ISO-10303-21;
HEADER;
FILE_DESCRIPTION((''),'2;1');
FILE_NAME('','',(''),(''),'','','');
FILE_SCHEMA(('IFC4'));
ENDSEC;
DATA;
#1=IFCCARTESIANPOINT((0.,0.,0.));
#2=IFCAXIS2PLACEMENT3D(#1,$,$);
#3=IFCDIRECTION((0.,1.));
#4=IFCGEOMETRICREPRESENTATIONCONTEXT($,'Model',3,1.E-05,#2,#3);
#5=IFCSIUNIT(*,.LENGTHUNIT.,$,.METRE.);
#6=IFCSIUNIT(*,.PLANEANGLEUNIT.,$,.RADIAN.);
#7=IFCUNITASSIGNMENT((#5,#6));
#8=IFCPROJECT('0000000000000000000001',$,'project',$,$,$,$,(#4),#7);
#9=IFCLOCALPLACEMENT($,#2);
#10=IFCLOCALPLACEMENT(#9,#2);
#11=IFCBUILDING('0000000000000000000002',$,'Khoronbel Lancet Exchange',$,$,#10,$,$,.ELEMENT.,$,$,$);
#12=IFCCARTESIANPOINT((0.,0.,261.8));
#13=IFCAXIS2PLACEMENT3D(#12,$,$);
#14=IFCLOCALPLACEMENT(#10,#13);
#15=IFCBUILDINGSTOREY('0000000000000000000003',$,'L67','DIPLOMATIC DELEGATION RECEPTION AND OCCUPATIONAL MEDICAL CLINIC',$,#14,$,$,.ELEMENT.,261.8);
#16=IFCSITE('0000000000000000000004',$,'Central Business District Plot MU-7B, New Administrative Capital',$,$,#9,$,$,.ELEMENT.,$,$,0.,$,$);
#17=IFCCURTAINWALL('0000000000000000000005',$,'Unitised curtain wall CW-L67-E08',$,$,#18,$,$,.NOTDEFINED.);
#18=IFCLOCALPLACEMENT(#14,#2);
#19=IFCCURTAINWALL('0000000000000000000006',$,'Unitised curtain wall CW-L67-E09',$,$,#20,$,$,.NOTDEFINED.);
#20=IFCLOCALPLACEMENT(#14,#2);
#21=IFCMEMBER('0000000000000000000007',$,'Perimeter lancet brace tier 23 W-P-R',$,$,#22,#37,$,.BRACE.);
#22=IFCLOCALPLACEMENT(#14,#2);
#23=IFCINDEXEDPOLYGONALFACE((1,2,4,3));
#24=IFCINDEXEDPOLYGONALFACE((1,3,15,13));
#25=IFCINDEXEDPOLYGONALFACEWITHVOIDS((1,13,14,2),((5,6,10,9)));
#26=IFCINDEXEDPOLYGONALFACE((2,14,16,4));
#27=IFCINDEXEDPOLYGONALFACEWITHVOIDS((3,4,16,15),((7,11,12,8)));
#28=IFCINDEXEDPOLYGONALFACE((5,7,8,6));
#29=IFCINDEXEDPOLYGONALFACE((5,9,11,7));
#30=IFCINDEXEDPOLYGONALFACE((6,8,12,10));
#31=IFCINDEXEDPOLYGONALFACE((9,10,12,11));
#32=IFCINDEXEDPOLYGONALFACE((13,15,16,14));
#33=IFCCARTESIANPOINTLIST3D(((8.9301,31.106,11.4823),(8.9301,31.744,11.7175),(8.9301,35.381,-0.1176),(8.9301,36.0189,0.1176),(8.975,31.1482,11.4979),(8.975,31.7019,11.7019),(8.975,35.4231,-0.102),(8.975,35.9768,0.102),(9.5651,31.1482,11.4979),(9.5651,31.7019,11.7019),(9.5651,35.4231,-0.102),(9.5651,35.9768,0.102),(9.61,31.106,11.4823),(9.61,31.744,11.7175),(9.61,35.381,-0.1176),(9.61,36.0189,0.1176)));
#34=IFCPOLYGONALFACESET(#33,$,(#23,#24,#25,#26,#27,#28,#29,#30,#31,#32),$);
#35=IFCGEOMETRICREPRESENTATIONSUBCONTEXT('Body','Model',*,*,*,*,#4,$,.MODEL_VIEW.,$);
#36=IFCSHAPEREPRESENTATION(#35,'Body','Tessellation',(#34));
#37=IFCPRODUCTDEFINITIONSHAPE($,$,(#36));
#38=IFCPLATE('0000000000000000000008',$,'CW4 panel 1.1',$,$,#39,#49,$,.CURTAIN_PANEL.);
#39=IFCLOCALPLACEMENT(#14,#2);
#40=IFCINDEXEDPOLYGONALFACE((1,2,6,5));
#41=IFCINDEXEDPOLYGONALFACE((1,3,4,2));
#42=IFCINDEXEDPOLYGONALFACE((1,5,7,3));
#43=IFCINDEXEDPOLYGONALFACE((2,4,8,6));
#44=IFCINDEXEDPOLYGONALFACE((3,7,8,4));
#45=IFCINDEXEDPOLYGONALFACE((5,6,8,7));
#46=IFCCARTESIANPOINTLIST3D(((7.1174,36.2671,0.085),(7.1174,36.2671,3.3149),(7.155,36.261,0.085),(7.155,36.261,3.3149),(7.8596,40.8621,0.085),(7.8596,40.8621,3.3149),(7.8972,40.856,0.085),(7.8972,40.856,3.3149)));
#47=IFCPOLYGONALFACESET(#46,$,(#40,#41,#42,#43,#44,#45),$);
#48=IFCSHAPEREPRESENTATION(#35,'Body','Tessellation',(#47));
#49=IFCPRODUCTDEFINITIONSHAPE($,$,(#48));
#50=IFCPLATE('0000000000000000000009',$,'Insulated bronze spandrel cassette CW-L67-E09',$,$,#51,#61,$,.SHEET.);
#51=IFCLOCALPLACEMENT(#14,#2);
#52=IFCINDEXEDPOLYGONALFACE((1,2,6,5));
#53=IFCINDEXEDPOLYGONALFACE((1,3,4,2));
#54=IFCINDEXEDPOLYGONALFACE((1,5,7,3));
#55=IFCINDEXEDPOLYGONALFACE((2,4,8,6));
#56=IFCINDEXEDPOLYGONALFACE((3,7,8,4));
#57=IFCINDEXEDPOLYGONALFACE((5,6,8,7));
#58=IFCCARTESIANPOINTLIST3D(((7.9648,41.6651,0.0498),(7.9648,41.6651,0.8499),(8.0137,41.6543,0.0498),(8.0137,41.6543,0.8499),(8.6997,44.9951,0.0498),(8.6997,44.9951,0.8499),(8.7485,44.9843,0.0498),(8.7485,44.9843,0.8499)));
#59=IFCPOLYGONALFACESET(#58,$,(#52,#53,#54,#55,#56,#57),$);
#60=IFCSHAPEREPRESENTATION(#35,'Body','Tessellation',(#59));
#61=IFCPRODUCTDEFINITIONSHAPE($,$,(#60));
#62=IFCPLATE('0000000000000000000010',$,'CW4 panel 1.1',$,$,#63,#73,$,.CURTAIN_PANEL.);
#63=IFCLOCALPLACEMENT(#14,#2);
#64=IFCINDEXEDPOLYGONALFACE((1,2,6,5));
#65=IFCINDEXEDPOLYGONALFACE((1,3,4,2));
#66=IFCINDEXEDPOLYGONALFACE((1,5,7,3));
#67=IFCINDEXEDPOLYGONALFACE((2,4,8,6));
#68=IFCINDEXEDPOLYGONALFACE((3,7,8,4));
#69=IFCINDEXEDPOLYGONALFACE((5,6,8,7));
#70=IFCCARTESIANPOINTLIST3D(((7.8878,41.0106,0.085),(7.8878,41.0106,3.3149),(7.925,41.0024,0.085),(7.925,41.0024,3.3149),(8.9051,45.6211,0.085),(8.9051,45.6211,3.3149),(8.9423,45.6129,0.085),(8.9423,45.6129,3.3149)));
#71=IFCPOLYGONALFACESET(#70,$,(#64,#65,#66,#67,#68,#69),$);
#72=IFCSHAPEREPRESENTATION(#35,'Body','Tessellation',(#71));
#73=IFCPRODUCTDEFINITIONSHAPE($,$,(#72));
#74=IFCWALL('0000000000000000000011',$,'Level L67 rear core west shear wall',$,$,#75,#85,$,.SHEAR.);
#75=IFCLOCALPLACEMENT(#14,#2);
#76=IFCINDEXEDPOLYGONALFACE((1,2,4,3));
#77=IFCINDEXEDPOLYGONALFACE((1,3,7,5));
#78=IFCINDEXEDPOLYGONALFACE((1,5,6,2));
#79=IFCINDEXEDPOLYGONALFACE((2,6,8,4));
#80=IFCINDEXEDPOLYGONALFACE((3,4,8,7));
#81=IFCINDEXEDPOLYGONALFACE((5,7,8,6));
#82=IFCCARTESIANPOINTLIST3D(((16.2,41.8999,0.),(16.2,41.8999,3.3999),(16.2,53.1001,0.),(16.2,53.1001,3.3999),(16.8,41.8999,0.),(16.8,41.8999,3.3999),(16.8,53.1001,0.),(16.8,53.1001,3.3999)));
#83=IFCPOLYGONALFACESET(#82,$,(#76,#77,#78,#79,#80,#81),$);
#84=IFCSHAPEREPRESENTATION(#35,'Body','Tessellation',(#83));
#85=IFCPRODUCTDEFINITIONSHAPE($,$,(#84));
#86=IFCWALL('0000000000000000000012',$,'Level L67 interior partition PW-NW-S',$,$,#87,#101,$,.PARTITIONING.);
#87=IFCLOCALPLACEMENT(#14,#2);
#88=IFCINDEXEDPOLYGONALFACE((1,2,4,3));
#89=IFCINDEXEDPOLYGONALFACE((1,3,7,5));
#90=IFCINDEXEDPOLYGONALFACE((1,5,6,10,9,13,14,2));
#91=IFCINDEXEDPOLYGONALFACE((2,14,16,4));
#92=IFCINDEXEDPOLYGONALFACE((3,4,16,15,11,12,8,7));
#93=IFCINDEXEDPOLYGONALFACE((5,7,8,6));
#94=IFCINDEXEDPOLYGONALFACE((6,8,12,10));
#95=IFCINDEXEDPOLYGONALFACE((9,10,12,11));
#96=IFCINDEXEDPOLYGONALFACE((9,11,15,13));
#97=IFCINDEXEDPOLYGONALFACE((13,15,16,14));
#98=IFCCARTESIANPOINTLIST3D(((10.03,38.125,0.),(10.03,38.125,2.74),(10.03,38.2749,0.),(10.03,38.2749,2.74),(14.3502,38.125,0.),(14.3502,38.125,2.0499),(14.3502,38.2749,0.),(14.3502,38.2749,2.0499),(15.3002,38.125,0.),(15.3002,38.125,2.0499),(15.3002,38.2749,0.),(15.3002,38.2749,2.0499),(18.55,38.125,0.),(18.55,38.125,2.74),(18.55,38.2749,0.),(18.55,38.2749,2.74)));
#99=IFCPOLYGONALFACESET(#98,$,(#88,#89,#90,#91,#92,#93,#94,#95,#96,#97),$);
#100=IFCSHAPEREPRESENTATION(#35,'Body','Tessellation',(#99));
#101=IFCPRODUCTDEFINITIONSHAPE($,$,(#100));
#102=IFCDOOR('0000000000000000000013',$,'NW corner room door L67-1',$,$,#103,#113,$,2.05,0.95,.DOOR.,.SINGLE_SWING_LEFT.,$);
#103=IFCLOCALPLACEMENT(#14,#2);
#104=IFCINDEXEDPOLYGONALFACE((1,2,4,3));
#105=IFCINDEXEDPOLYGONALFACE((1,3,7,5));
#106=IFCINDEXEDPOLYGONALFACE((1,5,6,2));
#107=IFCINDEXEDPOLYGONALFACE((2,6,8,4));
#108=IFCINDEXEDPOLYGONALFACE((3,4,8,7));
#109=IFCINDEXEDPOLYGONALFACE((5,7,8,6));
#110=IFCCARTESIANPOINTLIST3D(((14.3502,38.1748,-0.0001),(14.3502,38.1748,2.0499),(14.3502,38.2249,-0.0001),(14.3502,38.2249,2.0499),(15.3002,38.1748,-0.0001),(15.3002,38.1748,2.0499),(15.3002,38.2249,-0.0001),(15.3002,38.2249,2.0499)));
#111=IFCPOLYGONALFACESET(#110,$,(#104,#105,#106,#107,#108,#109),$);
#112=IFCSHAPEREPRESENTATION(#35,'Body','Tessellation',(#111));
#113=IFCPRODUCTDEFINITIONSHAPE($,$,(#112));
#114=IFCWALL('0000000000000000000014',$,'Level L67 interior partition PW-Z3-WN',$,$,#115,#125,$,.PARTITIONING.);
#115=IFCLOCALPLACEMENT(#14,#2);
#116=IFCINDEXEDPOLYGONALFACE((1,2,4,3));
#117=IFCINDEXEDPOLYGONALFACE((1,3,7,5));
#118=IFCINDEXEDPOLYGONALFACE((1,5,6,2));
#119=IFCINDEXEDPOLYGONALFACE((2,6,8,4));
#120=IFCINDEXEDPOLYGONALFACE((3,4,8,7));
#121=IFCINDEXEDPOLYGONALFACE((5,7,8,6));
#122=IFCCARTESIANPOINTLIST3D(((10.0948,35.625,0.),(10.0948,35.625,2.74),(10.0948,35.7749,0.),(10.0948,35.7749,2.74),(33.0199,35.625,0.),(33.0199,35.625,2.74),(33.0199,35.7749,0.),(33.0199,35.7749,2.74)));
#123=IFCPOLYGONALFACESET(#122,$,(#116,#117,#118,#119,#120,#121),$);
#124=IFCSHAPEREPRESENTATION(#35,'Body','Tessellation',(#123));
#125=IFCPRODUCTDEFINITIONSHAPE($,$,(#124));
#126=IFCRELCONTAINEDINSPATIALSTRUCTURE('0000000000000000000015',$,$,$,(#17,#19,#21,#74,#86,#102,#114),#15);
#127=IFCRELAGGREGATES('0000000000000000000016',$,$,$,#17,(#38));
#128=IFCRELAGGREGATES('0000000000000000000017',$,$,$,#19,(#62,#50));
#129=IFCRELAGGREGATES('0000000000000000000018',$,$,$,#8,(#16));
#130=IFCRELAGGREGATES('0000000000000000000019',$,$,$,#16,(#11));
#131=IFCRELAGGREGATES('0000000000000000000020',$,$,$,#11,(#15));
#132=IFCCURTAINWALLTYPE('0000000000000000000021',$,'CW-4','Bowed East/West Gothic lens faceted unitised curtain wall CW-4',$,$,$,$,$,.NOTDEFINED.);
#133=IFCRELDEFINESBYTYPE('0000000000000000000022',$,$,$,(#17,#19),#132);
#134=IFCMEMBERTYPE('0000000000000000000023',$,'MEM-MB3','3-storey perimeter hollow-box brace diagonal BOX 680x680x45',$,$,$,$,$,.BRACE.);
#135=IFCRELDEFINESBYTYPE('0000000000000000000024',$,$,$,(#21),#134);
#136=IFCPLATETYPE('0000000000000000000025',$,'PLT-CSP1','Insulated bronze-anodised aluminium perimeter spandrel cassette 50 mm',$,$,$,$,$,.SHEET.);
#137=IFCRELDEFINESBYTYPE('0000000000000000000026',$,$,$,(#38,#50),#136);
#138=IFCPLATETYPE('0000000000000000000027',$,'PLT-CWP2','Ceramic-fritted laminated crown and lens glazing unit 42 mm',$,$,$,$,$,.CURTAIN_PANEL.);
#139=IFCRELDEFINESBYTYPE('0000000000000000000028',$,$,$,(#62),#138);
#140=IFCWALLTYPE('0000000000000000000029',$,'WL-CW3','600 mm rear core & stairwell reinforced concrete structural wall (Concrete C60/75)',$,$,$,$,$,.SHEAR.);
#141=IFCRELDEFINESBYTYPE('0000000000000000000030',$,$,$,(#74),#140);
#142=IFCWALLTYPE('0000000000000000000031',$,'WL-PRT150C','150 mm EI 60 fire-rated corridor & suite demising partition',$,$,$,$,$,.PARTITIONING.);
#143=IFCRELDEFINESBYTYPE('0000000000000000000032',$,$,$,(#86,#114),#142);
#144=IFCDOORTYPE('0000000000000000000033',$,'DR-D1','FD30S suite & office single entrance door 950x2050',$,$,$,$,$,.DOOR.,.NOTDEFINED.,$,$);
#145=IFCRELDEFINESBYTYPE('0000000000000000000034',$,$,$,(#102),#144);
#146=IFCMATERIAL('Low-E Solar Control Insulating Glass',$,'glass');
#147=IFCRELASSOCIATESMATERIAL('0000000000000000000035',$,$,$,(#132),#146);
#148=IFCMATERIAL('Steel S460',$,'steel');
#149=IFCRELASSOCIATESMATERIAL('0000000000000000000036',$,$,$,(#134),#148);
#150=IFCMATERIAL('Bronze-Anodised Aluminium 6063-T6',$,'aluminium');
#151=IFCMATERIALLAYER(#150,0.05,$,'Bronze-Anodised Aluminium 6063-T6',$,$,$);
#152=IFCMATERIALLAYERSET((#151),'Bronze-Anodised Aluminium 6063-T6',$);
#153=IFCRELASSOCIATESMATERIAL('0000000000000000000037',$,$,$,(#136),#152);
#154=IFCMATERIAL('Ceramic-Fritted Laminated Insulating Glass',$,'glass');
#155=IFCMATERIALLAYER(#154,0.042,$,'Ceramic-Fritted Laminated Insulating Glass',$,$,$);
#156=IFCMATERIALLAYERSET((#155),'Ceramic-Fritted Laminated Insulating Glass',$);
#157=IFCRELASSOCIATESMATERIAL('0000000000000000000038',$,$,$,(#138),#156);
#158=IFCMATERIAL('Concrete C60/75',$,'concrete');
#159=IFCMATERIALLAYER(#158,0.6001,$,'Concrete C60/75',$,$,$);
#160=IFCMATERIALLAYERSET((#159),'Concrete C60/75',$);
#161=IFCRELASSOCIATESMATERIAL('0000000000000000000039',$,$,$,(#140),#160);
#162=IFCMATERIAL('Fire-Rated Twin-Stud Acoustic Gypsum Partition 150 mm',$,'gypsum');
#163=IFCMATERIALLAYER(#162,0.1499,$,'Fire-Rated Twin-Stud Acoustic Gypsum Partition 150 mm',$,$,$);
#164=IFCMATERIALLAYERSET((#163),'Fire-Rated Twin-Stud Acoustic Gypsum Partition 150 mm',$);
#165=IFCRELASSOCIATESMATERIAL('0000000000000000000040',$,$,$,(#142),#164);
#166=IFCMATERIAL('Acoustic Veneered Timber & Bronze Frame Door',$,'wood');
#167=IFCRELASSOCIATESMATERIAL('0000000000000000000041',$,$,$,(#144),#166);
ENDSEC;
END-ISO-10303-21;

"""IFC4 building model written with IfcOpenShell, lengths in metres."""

from ifc_helpers import new_model, si_unit, direction, frame, frame_2d, origin, origin_2d, place, context, subcontext, project, spatial, rectangle, hollow_rectangle, extrude, material, layer, layer_set, material_profile, profile_set, type_object, element, fill, aggregate, save


model = new_model("IFC4")

# Units and contexts
model_context = context("Model", 3, precision=1e-05, world=origin(), true_north=direction((0.0, 1.0)))
body_context = subcontext(model_context, "Body", "Model", "MODEL_VIEW")
ifc_project = project(units=[si_unit("LENGTHUNIT", "METRE"), si_unit("PLANEANGLEUNIT", "RADIAN")], contexts=[model_context])

# Site, building, storey
site_placement = place(None, origin())
site = spatial("IfcSite", under=ifc_project, at=site_placement, Name="Central Business District Plot MU-7B, New Administrative Capital", CompositionType="ELEMENT", RefElevation=0.0)
building_placement = place(site_placement, origin())
building = spatial("IfcBuilding", under=site, at=building_placement, Name="Khoronbel Lancet Exchange", CompositionType="ELEMENT")
storey_placement = place(building_placement, frame((0.0, 0.0, 261.8)))
storey = spatial("IfcBuildingStorey", under=building, at=storey_placement, Name="L67", Description="DIPLOMATIC DELEGATION RECEPTION AND OCCUPATIONAL MEDICAL CLINIC", CompositionType="ELEMENT", Elevation=261.8)

# Shared definitions
ifc_material_1 = material(Name="Low-E Solar Control Insulating Glass", Category="glass")
curtain_wall_type = type_object("IfcCurtainWallType", Name="CW-4", Description="Bowed East/West Gothic lens faceted unitised curtain wall CW-4", PredefinedType="NOTDEFINED", material=ifc_material_1)
ifc_material_2 = material(Name="Bronze-Anodised Aluminium 6063-T6", Category="aluminium")

# Curtain walls
curtain_wall_1_placement = place(storey_placement, origin())
curtain_wall_1 = element("IfcCurtainWall", 1, at=curtain_wall_1_placement, inside=storey, type_object=curtain_wall_type, Name="Unitised curtain wall CW-L67-E08", PredefinedType="NOTDEFINED")
curtain_wall_2_placement = place(storey_placement, origin())
curtain_wall_2 = element("IfcCurtainWall", 2, at=curtain_wall_2_placement, inside=storey, type_object=curtain_wall_type, Name="Unitised curtain wall CW-L67-E09", PredefinedType="NOTDEFINED")

# Member
ifc_material_3 = material(Name="Steel S460", Category="steel")
ifc_material_profile_1 = material_profile(ifc_material_3, hollow_rectangle(XDim=0.6799, YDim=0.6799, WallThickness=0.0449, at=origin_2d()), Name="BOX 680x680x45")
ifc_profile_set_1 = profile_set([ifc_material_profile_1], Name="Steel S460")
member_type_1 = type_object("IfcMemberType", Name="MEM-MB3", Description="3-storey perimeter hollow-box brace diagonal BOX 680x680x45", PredefinedType="BRACE", material=ifc_profile_set_1)
member_1_placement = place(storey_placement, frame((9.27, 35.7, 0.0), z_axis=(0.0, -0.345796, 0.93831), x_axis=(1.0, 0.0, 0.0)))
element("IfcMember", 3, at=member_1_placement, inside=storey, type_object=member_type_1, Name="Perimeter lancet brace tier 23 W-P-R", PredefinedType="BRACE", context=body_context, shape_type="SweptSolid", body=[
    extrude(hollow_rectangle(XDim=0.6799, YDim=0.6799, WallThickness=0.0449, at=origin_2d()), origin(), (0.0, 0.0, 1.0), 12.3625),
])

# Plates
ifc_layer_1 = layer(ifc_material_2, 0.05, Name="Bronze-Anodised Aluminium 6063-T6")
ifc_layer_set_1 = layer_set([ifc_layer_1], Name="Bronze-Anodised Aluminium 6063-T6")
plate_type_1 = type_object("IfcPlateType", Name="PLT-CSP1", Description="Insulated bronze-anodised aluminium perimeter spandrel cassette 50 mm", PredefinedType="SHEET", material=ifc_layer_set_1)
plate_1_placement = place(storey_placement, frame((7.5073, 38.5615, 0.085), z_axis=(0.0, 0.0, 1.0), x_axis=(0.159456, 0.987205, 0.0)))
plate_1 = element("IfcPlate", 4, at=plate_1_placement, type_object=plate_type_1, Name="CW4 panel 1.1", PredefinedType="CURTAIN_PANEL", context=body_context, shape_type="SweptSolid", body=[
    extrude(rectangle(XDim=4.6545, YDim=0.0381, at=origin_2d()), origin(), (0.0, 0.0, 1.0), 3.23),
])
aggregate(curtain_wall_1, [plate_1])
plate_2_placement = place(storey_placement, frame((8.3567, 43.3247, 0.0498), z_axis=(0.0, 0.0, 1.0), x_axis=(0.215476, 0.976509, 0.0)))
plate_2 = element("IfcPlate", 5, at=plate_2_placement, type_object=plate_type_1, Name="Insulated bronze spandrel cassette CW-L67-E09", PredefinedType="SHEET", context=body_context, shape_type="SweptSolid", body=[
    extrude(rectangle(XDim=3.4102, YDim=0.05, at=origin_2d()), origin(), (0.0, 0.0, 1.0), 0.8),
])
ifc_material_4 = material(Name="Ceramic-Fritted Laminated Insulating Glass", Category="glass")
ifc_layer_2 = layer(ifc_material_4, 0.042, Name="Ceramic-Fritted Laminated Insulating Glass")
ifc_layer_set_2 = layer_set([ifc_layer_2], Name="Ceramic-Fritted Laminated Insulating Glass")
plate_type_2 = type_object("IfcPlateType", Name="PLT-CWP2", Description="Ceramic-fritted laminated crown and lens glazing unit 42 mm", PredefinedType="CURTAIN_PANEL", material=ifc_layer_set_2)
plate_3_placement = place(storey_placement, frame((8.415, 43.3118, 0.085), z_axis=(0.0, 0.0, 1.0), x_axis=(0.215476, 0.976509, 0.0)))
plate_3 = element("IfcPlate", 6, at=plate_3_placement, type_object=plate_type_2, Name="CW4 panel 1.1", PredefinedType="CURTAIN_PANEL", context=body_context, shape_type="SweptSolid", body=[
    extrude(rectangle(XDim=4.7214, YDim=0.0381, at=origin_2d()), origin(), (0.0, 0.0, 1.0), 3.23),
])
aggregate(curtain_wall_2, [plate_3, plate_2])

# Wall
ifc_material_5 = material(Name="Concrete C60/75", Category="concrete")
ifc_layer_3 = layer(ifc_material_5, 0.6001, Name="Concrete C60/75")
ifc_layer_set_3 = layer_set([ifc_layer_3], Name="Concrete C60/75")
wall_type_1 = type_object("IfcWallType", Name="WL-CW3", Description="600 mm rear core & stairwell reinforced concrete structural wall (Concrete C60/75)", PredefinedType="SHEAR", material=ifc_layer_set_3)
wall_1_placement = place(storey_placement, frame((16.5, 41.8999, 0.0), z_axis=(0.0, 0.0, 1.0), x_axis=(0.0, 1.0, 0.0)))
element("IfcWall", 7, at=wall_1_placement, inside=storey, type_object=wall_type_1, Name="Level L67 rear core west shear wall", PredefinedType="SHEAR", context=body_context, shape_type="SweptSolid", body=[
    extrude(rectangle(XDim=11.2002, YDim=0.6001, at=frame_2d((5.6001, 0.0))), origin(), (0.0, 0.0, 1.0), 3.3999),
])

# Wall, opening, door
ifc_material_6 = material(Name="Fire-Rated Twin-Stud Acoustic Gypsum Partition 150 mm", Category="gypsum")
ifc_layer_4 = layer(ifc_material_6, 0.1499, Name="Fire-Rated Twin-Stud Acoustic Gypsum Partition 150 mm")
ifc_layer_set_4 = layer_set([ifc_layer_4], Name="Fire-Rated Twin-Stud Acoustic Gypsum Partition 150 mm")
wall_type_2 = type_object("IfcWallType", Name="WL-PRT150C", Description="150 mm EI 60 fire-rated corridor & suite demising partition", PredefinedType="PARTITIONING", material=ifc_layer_set_4)
wall_2_placement = place(storey_placement, frame((10.03, 38.2, 0.0), z_axis=(0.0, 0.0, 1.0), x_axis=(1.0, 0.0, 0.0)))
wall_2 = element("IfcWall", 8, at=wall_2_placement, inside=storey, type_object=wall_type_2, Name="Level L67 interior partition PW-NW-S", PredefinedType="PARTITIONING", context=body_context, shape_type="SweptSolid", body=[
    extrude(rectangle(XDim=8.52, YDim=0.1499, at=frame_2d((4.26, 0.0))), origin(), (0.0, 0.0, 1.0), 2.74),
])
opening_1_placement = place(wall_2_placement, frame((4.3201, 0.0, 0.0)))
opening_1 = element("IfcOpeningElement", 9, at=opening_1_placement, cuts=wall_2, PredefinedType="OPENING", context=body_context, shape_type="SweptSolid", body=[
    extrude(rectangle(XDim=0.95, YDim=2.05, at=frame_2d((0.4751, 1.0249))), frame((0.0, 0.085, 0.0), z_axis=(0.0, -1.0, 0.0), x_axis=(1.0, 0.0, 0.0)), (0.0, 0.0, 1.0), 0.1699),
])
ifc_material_7 = material(Name="Acoustic Veneered Timber & Bronze Frame Door", Category="wood")
door_type_1 = type_object("IfcDoorType", Name="DR-D1", Description="FD30S suite & office single entrance door 950x2050", OperationType="NOTDEFINED", PredefinedType="DOOR", material=ifc_material_7)
door_1_placement = place(opening_1_placement, origin())
door_1 = element("IfcDoor", 10, at=door_1_placement, inside=storey, type_object=door_type_1, Name="NW corner room door L67-1", OperationType="SINGLE_SWING_LEFT", OverallHeight=2.05, OverallWidth=0.95, PredefinedType="DOOR", context=body_context, shape_type="SweptSolid", body=[
    extrude(rectangle(XDim=0.95, YDim=2.05, at=frame_2d((0.4751, 1.0249))), frame((0.0, 0.0249, 0.0), z_axis=(0.0, -1.0, 0.0), x_axis=(1.0, 0.0, 0.0)), (0.0, 0.0, 1.0), 0.05),
])
fill(opening_1, door_1)

# Wall
wall_3_placement = place(storey_placement, frame((10.095, 35.7, 0.0), z_axis=(0.0, 0.0, 1.0), x_axis=(1.0, 0.0, 0.0)))
element("IfcWall", 11, at=wall_3_placement, inside=storey, type_object=wall_type_2, Name="Level L67 interior partition PW-Z3-WN", PredefinedType="PARTITIONING", context=body_context, shape_type="SweptSolid", body=[
    extrude(rectangle(XDim=22.925, YDim=0.1499, at=frame_2d((11.4624, 0.0))), origin(), (0.0, 0.0, 1.0), 2.74),
])

save(model, "model.ifc")
